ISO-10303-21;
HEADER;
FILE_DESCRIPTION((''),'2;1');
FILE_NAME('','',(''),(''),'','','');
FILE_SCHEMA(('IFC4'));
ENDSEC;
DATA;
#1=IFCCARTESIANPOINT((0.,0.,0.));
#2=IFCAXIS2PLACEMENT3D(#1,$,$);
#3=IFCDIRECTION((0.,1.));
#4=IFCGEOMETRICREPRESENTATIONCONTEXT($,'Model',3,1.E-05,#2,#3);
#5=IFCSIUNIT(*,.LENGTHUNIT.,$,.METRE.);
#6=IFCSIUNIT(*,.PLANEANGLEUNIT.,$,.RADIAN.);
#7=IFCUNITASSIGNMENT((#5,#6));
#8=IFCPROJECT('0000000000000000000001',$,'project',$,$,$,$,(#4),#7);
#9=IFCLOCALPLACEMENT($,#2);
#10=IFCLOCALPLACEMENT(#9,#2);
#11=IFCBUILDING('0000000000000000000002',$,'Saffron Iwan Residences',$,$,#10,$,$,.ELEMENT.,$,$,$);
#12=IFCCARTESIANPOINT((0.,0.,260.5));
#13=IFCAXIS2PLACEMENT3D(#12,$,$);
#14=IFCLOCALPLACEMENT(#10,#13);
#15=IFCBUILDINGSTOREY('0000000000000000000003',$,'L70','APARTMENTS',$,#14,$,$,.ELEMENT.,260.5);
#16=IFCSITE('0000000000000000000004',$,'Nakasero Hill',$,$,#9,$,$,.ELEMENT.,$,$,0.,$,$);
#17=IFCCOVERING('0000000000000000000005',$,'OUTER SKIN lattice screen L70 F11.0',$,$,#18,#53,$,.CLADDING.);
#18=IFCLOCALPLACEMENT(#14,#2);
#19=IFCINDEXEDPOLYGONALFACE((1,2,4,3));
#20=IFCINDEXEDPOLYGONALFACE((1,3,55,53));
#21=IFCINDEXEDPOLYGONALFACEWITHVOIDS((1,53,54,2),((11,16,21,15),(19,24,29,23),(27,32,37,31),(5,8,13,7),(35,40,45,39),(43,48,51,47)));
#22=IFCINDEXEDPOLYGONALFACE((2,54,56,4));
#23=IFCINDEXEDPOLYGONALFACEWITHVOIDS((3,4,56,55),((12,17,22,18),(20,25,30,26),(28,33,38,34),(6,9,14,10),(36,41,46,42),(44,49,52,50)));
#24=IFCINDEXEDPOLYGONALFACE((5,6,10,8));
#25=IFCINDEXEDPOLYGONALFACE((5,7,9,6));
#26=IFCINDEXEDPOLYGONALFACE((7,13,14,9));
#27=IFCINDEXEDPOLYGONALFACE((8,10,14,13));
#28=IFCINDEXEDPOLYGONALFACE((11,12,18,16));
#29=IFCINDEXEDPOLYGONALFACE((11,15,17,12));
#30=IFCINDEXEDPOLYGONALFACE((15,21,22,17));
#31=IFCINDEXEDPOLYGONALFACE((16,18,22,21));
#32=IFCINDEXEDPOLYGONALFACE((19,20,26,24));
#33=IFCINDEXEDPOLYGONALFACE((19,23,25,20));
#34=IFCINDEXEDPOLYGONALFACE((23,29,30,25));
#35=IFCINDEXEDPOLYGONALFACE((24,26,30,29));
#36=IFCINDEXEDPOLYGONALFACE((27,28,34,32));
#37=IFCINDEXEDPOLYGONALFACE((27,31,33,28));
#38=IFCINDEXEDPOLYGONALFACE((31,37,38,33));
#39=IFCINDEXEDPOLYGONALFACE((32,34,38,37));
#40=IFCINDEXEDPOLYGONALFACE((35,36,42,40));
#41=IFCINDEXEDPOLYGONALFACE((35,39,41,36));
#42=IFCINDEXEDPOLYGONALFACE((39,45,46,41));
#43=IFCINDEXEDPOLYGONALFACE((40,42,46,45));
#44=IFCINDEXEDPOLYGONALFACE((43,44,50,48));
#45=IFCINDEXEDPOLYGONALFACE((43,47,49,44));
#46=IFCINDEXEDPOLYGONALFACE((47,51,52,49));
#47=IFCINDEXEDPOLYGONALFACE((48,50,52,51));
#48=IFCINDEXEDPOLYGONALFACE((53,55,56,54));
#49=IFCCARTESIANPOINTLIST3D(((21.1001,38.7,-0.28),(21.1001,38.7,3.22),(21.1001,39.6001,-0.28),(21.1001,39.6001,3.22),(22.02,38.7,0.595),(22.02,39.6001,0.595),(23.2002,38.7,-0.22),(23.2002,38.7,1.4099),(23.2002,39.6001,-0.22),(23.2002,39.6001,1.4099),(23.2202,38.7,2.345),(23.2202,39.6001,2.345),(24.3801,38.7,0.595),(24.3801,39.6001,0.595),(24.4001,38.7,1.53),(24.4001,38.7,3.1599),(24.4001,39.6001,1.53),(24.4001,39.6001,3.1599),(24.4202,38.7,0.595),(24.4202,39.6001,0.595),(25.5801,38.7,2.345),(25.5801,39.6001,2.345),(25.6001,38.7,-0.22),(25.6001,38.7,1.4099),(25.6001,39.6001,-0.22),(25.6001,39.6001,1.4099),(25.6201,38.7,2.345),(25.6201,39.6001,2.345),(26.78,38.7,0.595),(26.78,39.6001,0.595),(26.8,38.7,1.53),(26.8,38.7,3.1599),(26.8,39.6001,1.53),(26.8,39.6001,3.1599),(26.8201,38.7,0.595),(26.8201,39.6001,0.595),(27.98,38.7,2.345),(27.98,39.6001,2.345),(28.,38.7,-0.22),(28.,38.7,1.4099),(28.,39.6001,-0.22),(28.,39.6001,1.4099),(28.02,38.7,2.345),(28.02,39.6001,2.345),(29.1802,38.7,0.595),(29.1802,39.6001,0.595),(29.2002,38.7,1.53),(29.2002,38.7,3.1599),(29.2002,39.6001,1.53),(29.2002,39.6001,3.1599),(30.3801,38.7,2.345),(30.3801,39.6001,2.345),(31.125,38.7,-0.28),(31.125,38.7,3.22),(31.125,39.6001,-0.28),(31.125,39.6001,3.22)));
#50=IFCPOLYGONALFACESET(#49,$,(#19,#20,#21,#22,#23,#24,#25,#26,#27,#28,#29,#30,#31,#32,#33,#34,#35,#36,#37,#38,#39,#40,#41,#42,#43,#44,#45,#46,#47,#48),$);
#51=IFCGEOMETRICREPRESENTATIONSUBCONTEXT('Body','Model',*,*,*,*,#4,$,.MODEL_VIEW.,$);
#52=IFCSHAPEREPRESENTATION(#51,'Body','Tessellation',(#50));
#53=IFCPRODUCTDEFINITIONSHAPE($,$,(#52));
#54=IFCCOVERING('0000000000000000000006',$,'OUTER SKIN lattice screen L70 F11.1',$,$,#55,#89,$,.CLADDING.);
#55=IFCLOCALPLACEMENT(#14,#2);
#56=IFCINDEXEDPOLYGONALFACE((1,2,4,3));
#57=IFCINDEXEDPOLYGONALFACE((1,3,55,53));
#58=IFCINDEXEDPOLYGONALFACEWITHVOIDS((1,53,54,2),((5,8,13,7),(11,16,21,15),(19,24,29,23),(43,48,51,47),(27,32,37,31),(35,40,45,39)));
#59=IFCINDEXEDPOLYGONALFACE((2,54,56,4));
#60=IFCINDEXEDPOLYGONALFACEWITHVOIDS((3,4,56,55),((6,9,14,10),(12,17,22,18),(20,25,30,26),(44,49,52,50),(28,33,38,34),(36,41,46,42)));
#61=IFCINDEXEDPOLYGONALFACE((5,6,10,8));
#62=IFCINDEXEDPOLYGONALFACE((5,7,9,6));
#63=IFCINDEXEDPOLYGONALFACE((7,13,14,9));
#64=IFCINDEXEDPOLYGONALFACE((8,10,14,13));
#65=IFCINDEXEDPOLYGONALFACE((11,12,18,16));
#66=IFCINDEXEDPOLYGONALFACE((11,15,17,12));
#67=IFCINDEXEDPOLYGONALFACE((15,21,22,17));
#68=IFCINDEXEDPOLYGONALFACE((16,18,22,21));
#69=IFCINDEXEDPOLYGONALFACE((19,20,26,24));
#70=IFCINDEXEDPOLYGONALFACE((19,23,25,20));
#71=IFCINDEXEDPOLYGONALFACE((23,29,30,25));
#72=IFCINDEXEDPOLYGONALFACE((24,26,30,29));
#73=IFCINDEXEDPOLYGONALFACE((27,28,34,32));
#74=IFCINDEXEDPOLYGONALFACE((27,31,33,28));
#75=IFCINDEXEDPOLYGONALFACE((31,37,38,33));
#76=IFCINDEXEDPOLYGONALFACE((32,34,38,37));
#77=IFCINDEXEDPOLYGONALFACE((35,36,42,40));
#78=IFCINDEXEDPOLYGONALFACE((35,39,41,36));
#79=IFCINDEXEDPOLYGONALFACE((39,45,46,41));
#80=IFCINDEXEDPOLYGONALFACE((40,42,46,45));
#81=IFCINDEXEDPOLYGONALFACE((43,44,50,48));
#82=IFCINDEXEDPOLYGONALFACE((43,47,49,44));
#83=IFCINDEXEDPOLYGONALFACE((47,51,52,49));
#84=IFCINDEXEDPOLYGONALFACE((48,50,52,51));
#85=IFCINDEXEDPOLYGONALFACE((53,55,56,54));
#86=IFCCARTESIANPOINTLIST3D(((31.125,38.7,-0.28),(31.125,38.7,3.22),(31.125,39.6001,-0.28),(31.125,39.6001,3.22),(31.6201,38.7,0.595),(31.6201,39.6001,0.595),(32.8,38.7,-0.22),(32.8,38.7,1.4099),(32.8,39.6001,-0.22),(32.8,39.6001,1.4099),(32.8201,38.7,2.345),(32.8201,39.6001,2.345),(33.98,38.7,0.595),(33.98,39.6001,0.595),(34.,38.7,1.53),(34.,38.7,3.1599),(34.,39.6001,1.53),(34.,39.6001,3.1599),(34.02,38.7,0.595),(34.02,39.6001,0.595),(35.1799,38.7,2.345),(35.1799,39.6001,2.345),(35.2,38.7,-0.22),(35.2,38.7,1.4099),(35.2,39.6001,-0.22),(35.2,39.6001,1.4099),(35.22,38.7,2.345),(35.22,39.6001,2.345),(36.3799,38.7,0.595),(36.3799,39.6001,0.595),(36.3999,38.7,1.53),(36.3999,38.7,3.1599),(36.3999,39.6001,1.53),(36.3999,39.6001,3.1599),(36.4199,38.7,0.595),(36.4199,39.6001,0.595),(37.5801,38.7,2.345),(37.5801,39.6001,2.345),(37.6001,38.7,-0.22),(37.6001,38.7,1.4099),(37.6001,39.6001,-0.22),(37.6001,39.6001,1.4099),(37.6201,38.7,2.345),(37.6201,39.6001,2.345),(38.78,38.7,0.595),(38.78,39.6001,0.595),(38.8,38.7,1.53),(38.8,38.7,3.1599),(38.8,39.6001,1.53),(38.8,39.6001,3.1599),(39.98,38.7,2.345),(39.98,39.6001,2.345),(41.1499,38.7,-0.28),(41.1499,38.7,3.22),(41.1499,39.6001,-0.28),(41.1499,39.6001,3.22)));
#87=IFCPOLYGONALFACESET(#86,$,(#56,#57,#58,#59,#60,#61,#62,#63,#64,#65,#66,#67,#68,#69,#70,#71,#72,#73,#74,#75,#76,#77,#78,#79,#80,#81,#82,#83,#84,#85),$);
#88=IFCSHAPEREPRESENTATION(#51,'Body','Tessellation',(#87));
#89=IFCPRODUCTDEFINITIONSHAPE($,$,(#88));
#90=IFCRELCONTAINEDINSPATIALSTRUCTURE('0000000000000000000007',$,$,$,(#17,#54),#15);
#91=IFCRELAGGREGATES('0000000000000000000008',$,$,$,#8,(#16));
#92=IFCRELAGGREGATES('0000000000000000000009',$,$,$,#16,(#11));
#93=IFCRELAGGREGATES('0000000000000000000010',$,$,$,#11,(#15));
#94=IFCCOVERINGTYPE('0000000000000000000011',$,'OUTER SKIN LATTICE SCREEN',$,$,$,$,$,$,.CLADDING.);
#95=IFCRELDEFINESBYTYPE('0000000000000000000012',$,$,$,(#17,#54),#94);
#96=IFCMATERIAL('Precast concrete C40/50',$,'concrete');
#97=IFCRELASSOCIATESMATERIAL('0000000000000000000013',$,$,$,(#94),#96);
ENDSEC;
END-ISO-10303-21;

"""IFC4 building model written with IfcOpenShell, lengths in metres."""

from ifc_helpers import new_model, si_unit, direction, frame, origin, place, context, subcontext, project, spatial, polyline, outline, extrude, material, type_object, element, save


model = new_model("IFC4")

# Units and contexts
model_context = context("Model", 3, precision=1e-05, world=origin(), true_north=direction((0.0, 1.0)))
body_context = subcontext(model_context, "Body", "Model", "MODEL_VIEW")
ifc_project = project(units=[si_unit("LENGTHUNIT", "METRE"), si_unit("PLANEANGLEUNIT", "RADIAN")], contexts=[model_context])

# Site, building, storey
site_placement = place(None, origin())
site = spatial("IfcSite", under=ifc_project, at=site_placement, Name="Nakasero Hill", CompositionType="ELEMENT", RefElevation=0.0)
building_placement = place(site_placement, origin())
building = spatial("IfcBuilding", under=site, at=building_placement, Name="Saffron Iwan Residences", CompositionType="ELEMENT")
storey_placement = place(building_placement, frame((0.0, 0.0, 260.5)))
storey = spatial("IfcBuildingStorey", under=building, at=storey_placement, Name="L70", Description="APARTMENTS", CompositionType="ELEMENT", Elevation=260.5)

# Coverings
ifc_material_1 = material(Name="Precast concrete C40/50", Category="concrete")
covering_type_1 = type_object("IfcCoveringType", Name="OUTER SKIN LATTICE SCREEN", PredefinedType="CLADDING", material=ifc_material_1)
covering_1_placement = place(storey_placement, frame((21.1001, 39.6001, -0.28), z_axis=(0.0, -1.0, 0.0), x_axis=(1.0, 0.0, 0.0)))
element("IfcCovering", 1, at=covering_1_placement, inside=storey, type_object=covering_type_1, Name="OUTER SKIN lattice screen L70 F11.0", PredefinedType="CLADDING", context=body_context, shape_type="SweptSolid", body=[
    extrude(outline(polyline([(0.0, 0.0), (10.0249, 0.0), (10.0249, 3.5), (0.0, 3.5), (0.0, 0.0)]), holes=[polyline([(0.9199, 0.875), (2.1001, 0.0601), (3.28, 0.875), (2.1001, 1.6899), (0.9199, 0.875)]), polyline([(3.3201, 0.875), (4.5, 0.0601), (5.6799, 0.875), (4.5, 1.6899), (3.3201, 0.875)]), polyline([(5.72, 0.875), (6.8999, 0.0601), (8.0801, 0.875), (6.8999, 1.6899), (5.72, 0.875)]), polyline([(2.1201, 2.625), (3.3, 1.8101), (4.48, 2.625), (3.3, 3.4399), (2.1201, 2.625)]), polyline([(4.52, 2.625), (5.7, 1.8101), (6.8799, 2.625), (5.7, 3.4399), (4.52, 2.625)]), polyline([(6.9199, 2.625), (8.1001, 1.8101), (9.28, 2.625), (8.1001, 3.4399), (6.9199, 2.625)])]), origin(), (0.0, 0.0, 1.0), 0.9001),
])
covering_2_placement = place(storey_placement, frame((31.125, 39.6001, -0.28), z_axis=(0.0, -1.0, 0.0), x_axis=(1.0, 0.0, 0.0)))
element("IfcCovering", 2, at=covering_2_placement, inside=storey, type_object=covering_type_1, Name="OUTER SKIN lattice screen L70 F11.1", PredefinedType="CLADDING", context=body_context, shape_type="SweptSolid", body=[
    extrude(outline(polyline([(0.0, 0.0), (10.0249, 0.0), (10.0249, 3.5), (0.0, 3.5), (0.0, 0.0)]), holes=[polyline([(0.4951, 0.875), (1.675, 0.0601), (2.855, 0.875), (1.675, 1.6899), (0.4951, 0.875)]), polyline([(2.895, 0.875), (4.075, 0.0601), (5.2549, 0.875), (4.075, 1.6899), (2.895, 0.875)]), polyline([(5.2949, 0.875), (6.4751, 0.0601), (7.655, 0.875), (6.4751, 1.6899), (5.2949, 0.875)]), polyline([(1.6951, 2.625), (2.875, 1.8101), (4.0549, 2.625), (2.875, 3.4399), (1.6951, 2.625)]), polyline([(4.095, 2.625), (5.2749, 1.8101), (6.4551, 2.625), (5.2749, 3.4399), (4.095, 2.625)]), polyline([(6.4951, 2.625), (7.675, 1.8101), (8.855, 2.625), (7.675, 3.4399), (6.4951, 2.625)])]), origin(), (0.0, 0.0, 1.0), 0.9001),
])

save(model, "model.ifc")
